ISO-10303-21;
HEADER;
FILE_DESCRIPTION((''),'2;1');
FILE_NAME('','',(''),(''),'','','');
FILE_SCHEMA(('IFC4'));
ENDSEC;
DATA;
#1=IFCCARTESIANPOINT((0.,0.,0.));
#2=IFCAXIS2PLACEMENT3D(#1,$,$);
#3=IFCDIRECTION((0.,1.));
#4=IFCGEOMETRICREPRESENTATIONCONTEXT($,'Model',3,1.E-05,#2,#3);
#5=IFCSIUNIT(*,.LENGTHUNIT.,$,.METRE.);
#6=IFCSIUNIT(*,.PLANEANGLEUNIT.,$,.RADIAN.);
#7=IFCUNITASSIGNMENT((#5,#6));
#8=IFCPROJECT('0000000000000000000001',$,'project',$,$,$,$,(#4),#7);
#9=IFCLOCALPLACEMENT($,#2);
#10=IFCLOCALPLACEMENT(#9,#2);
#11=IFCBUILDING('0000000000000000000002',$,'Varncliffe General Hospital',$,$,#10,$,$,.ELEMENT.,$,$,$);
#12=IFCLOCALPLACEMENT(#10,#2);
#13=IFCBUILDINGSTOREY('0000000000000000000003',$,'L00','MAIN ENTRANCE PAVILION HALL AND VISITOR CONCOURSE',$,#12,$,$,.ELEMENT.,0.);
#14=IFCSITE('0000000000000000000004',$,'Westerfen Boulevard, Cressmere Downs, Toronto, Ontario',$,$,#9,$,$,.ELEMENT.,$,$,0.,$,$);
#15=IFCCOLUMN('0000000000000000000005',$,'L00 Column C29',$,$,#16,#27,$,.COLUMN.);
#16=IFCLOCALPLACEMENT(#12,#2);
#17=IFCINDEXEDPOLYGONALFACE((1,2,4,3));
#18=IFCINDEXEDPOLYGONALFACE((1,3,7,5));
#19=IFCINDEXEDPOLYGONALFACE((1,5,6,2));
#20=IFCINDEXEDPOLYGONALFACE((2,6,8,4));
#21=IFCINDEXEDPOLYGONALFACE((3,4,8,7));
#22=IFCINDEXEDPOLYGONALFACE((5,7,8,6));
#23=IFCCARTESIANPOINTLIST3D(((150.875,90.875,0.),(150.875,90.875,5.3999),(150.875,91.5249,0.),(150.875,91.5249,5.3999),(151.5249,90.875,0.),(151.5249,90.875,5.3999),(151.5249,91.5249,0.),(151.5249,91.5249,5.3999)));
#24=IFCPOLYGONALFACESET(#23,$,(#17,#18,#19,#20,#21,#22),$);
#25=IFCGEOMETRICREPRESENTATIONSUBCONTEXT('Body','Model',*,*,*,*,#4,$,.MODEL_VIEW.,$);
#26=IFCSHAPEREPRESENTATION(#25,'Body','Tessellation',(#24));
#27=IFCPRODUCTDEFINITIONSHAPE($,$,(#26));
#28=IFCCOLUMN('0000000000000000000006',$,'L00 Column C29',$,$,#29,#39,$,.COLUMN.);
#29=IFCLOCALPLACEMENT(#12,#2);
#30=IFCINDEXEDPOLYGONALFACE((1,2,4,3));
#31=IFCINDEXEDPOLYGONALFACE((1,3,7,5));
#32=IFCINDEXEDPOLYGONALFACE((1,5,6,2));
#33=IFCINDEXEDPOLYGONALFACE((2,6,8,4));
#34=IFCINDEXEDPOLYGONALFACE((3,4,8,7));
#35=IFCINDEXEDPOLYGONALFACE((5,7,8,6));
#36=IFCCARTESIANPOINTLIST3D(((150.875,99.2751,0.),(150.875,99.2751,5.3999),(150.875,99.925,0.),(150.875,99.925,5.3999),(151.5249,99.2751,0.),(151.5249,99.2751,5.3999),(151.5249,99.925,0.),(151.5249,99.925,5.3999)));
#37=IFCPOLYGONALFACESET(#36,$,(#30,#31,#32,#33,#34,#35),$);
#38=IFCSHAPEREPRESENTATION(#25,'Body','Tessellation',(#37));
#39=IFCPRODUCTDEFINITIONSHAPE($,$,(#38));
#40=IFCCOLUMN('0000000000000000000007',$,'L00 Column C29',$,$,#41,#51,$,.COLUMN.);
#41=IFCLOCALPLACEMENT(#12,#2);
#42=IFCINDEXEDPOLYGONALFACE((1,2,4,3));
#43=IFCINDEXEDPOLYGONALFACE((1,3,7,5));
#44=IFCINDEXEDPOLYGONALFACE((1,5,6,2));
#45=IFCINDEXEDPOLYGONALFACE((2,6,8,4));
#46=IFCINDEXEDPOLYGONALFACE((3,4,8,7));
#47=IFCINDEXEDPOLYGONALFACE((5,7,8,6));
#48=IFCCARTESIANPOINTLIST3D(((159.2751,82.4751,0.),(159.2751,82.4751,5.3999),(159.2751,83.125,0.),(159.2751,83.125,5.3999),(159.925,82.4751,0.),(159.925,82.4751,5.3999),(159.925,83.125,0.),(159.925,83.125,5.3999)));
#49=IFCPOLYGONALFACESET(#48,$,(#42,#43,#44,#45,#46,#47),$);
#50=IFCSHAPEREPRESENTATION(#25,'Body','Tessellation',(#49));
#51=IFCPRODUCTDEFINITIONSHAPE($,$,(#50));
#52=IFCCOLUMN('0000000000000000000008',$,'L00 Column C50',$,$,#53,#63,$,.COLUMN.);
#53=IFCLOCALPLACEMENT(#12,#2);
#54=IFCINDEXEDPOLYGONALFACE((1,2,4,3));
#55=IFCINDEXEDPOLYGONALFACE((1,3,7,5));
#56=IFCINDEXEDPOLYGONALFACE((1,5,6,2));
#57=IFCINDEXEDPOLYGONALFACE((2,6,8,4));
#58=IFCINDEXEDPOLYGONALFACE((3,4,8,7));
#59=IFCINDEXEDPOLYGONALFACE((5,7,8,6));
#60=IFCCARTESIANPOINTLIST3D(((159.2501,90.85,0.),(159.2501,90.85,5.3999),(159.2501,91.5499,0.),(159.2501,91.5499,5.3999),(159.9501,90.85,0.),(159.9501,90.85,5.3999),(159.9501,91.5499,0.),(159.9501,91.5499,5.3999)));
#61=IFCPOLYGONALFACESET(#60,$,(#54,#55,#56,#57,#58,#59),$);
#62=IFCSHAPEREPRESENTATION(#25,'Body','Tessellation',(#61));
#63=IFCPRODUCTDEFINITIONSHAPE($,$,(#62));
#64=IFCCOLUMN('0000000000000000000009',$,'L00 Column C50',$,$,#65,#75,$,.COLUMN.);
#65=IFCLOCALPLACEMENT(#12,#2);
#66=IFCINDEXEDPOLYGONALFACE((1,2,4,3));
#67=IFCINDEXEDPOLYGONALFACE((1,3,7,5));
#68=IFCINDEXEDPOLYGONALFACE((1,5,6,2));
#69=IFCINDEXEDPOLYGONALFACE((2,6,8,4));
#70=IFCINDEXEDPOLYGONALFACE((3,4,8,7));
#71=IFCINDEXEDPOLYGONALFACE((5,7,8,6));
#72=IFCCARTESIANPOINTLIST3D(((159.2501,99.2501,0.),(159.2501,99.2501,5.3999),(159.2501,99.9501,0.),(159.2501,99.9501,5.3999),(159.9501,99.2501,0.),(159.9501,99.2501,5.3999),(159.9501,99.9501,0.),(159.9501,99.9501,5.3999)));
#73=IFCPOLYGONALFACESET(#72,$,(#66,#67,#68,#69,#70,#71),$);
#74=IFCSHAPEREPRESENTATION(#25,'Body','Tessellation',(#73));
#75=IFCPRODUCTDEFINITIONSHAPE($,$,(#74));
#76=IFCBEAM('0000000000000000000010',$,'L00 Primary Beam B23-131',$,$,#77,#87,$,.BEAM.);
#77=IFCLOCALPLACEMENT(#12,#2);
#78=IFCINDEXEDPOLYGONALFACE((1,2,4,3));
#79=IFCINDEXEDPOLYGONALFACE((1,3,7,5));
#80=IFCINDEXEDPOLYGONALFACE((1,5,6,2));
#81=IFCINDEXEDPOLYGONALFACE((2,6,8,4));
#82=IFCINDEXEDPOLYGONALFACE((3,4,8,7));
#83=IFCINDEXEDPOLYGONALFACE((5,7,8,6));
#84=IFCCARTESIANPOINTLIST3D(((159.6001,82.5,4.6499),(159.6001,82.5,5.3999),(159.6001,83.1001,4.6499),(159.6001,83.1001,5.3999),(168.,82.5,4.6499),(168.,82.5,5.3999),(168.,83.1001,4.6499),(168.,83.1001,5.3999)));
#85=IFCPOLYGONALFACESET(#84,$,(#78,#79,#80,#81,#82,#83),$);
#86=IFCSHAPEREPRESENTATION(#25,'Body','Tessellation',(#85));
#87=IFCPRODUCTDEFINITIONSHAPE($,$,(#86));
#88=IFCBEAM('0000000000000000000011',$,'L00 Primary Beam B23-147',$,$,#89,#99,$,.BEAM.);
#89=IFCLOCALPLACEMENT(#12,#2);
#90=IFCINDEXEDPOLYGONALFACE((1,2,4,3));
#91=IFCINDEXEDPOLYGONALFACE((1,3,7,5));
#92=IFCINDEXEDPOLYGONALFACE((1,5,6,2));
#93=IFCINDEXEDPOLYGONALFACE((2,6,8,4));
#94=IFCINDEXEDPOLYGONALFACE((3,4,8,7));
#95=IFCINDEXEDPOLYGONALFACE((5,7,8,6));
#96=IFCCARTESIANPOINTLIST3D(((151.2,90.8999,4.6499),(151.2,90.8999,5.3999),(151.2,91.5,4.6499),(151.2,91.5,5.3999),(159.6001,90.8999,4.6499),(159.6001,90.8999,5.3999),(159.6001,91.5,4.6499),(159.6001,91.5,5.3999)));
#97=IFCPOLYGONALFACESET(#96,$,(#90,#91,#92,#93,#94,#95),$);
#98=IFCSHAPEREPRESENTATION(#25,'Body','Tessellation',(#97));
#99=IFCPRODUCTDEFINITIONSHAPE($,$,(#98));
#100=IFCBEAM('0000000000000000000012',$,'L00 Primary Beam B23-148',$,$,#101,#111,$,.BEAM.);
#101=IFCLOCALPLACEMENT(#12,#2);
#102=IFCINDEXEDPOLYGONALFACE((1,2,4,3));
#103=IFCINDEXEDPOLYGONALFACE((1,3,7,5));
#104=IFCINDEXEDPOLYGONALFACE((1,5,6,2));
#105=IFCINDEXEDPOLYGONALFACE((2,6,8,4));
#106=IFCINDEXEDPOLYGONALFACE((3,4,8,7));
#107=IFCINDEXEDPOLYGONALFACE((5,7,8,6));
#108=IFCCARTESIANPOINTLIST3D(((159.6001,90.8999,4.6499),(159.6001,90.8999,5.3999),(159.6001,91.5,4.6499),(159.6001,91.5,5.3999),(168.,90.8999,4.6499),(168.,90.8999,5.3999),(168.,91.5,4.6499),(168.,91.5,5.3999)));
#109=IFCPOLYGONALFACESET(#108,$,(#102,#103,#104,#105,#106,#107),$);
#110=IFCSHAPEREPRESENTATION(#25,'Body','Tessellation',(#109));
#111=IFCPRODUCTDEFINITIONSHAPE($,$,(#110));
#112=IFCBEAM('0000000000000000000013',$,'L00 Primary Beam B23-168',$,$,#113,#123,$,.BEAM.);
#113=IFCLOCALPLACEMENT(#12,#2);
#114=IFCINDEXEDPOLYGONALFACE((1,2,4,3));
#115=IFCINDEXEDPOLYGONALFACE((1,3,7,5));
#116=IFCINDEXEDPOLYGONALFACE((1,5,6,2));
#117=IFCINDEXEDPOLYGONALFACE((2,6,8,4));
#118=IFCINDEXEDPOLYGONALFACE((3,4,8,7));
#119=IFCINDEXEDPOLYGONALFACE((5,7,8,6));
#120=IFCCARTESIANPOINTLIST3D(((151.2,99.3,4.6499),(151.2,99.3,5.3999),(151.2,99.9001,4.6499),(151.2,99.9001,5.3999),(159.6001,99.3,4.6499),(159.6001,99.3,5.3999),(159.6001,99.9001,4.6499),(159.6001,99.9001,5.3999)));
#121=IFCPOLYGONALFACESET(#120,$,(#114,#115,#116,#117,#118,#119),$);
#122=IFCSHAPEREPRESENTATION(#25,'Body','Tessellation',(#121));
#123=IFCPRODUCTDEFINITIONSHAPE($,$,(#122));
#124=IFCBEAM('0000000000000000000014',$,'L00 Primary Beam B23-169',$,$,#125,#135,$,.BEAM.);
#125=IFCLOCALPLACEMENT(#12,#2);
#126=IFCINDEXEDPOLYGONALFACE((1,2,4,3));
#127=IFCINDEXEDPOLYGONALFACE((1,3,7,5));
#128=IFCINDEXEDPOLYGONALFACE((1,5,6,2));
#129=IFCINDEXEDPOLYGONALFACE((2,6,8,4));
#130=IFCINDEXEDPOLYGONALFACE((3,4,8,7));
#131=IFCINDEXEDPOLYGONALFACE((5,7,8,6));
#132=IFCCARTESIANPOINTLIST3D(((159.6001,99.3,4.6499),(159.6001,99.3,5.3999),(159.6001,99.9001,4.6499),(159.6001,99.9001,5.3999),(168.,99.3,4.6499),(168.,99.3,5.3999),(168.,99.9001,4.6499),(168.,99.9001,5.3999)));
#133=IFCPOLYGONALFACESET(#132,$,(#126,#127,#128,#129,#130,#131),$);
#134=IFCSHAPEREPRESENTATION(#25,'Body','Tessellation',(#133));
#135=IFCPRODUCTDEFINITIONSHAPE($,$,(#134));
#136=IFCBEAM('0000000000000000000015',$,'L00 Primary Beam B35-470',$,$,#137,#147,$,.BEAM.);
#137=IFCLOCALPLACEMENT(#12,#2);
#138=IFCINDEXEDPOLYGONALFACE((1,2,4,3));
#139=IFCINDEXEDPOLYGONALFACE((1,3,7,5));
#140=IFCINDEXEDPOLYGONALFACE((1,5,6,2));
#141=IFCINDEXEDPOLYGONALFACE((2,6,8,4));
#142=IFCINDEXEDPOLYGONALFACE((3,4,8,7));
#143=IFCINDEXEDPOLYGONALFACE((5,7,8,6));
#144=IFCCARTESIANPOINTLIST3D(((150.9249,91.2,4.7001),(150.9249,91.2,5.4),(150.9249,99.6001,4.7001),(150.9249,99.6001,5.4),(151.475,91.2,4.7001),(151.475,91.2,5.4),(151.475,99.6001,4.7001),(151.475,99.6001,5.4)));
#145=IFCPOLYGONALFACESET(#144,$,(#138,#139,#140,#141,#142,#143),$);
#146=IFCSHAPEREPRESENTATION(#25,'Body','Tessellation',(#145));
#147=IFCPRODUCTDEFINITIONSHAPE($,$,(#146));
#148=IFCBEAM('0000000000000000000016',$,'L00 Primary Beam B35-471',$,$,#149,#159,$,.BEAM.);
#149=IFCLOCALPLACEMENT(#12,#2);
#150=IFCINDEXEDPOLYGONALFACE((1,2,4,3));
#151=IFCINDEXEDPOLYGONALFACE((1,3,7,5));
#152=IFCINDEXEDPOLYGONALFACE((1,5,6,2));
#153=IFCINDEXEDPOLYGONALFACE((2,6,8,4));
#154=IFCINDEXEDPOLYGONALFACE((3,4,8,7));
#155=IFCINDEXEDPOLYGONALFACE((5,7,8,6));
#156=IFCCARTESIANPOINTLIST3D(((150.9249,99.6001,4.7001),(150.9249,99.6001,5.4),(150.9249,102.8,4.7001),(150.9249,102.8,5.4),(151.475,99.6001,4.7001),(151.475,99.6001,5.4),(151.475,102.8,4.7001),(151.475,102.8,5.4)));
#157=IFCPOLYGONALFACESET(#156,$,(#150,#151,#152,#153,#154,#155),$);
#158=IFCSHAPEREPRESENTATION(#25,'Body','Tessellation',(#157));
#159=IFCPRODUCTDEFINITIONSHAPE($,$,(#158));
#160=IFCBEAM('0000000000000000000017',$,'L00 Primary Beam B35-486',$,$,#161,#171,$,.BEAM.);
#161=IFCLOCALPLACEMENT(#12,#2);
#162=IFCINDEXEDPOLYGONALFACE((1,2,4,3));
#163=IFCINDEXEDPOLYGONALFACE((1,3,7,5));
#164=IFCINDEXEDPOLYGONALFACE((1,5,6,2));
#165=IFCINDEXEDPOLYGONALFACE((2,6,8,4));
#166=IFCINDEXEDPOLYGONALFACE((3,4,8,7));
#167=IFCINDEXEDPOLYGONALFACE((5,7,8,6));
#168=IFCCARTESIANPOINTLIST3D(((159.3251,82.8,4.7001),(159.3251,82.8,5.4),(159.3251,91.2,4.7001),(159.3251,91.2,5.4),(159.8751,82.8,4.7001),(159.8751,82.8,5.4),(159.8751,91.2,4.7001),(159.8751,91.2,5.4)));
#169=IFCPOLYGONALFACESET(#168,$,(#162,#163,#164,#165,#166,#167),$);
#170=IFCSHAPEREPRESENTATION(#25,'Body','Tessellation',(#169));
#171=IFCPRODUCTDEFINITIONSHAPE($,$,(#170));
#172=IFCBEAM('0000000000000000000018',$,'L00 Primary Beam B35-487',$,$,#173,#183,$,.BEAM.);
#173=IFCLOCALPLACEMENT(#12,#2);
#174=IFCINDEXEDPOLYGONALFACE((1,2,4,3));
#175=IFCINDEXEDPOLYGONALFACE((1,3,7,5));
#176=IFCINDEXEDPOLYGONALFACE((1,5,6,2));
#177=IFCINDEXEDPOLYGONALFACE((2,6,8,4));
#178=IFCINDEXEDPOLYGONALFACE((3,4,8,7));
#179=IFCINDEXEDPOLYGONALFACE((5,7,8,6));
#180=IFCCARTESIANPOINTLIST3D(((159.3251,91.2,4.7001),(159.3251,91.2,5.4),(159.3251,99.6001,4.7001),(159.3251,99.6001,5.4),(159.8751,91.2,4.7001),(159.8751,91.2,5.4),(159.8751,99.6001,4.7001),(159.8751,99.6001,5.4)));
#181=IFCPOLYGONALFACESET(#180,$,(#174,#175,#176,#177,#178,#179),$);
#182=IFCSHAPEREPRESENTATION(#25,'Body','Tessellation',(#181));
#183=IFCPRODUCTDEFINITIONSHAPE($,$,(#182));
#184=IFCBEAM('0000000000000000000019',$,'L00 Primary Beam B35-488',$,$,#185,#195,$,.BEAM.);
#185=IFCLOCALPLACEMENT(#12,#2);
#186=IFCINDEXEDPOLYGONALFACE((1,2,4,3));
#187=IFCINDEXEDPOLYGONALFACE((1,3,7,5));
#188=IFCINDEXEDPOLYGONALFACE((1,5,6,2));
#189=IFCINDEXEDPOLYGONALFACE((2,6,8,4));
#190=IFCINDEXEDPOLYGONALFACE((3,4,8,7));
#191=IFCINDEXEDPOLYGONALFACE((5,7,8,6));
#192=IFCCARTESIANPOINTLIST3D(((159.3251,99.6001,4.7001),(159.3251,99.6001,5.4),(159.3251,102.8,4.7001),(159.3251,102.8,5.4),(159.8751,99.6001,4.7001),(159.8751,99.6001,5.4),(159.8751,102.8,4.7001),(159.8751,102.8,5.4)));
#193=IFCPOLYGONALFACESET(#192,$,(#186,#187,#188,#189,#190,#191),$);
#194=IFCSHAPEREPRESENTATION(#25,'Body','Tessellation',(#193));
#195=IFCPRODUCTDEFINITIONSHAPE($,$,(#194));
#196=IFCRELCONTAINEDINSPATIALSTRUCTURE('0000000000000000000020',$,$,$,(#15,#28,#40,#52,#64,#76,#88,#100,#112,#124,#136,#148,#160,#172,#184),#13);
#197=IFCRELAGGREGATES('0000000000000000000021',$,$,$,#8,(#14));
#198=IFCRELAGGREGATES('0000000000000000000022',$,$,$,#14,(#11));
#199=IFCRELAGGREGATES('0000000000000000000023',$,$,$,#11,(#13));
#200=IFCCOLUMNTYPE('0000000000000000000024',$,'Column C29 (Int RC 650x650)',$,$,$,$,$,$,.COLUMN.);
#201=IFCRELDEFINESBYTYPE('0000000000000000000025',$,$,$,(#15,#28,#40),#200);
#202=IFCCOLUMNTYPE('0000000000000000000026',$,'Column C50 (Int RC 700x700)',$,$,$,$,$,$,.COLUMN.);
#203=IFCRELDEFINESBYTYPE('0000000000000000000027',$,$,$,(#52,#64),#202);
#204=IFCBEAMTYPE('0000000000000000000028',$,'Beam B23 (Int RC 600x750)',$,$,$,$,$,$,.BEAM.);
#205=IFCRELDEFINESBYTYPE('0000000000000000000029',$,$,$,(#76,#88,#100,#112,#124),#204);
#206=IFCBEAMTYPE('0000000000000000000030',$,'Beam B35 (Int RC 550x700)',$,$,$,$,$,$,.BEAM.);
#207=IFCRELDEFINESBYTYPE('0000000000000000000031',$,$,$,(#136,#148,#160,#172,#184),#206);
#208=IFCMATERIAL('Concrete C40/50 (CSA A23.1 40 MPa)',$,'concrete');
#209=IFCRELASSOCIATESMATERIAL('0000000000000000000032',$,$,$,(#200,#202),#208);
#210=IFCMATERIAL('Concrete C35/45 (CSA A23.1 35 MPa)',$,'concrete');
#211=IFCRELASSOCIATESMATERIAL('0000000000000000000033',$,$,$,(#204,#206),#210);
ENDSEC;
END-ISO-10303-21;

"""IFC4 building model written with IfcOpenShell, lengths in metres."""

from ifc_helpers import new_model, si_unit, direction, frame, origin, origin_2d, place, context, subcontext, project, spatial, rectangle, extrude, material, material_profile, profile_set, type_object, element, save


model = new_model("IFC4")

# Units and contexts
model_context = context("Model", 3, precision=1e-05, world=origin(), true_north=direction((0.0, 1.0)))
body_context = subcontext(model_context, "Body", "Model", "MODEL_VIEW")
ifc_project = project(units=[si_unit("LENGTHUNIT", "METRE"), si_unit("PLANEANGLEUNIT", "RADIAN")], contexts=[model_context])

# Site, building, storey
site_placement = place(None, origin())
site = spatial("IfcSite", under=ifc_project, at=site_placement, Name="Westerfen Boulevard, Cressmere Downs, Toronto, Ontario", CompositionType="ELEMENT", RefElevation=0.0)
building_placement = place(site_placement, origin())
building = spatial("IfcBuilding", under=site, at=building_placement, Name="Varncliffe General Hospital", CompositionType="ELEMENT")
storey_placement = place(building_placement, origin())
storey = spatial("IfcBuildingStorey", under=building, at=storey_placement, Name="L00", Description="MAIN ENTRANCE PAVILION HALL AND VISITOR CONCOURSE", CompositionType="ELEMENT", Elevation=0.0)

# Columns
ifc_material_1 = material(Name="Concrete C40/50 (CSA A23.1 40 MPa)", Category="concrete")
ifc_material_profile_1 = material_profile(ifc_material_1, rectangle(XDim=0.6499, YDim=0.6499, at=origin_2d()), Name="RC 650x650")
ifc_profile_set_1 = profile_set([ifc_material_profile_1], Name="Concrete C40/50 (CSA A23.1 40 MPa)")
column_type_1 = type_object("IfcColumnType", Name="Column C29 (Int RC 650x650)", PredefinedType="COLUMN", material=ifc_profile_set_1)
for number, where, z_axis, x_axis, name in (
    (1, (151.2, 91.2, 0.0), (0.0, 0.0, 1.0), (1.0, 0.0, 0.0), "L00 Column C29"),
    (2, (151.2, 99.6001, 0.0), (0.0, 0.0, 1.0), (1.0, 0.0, 0.0), "L00 Column C29"),
    (3, (159.6001, 82.8, 0.0), (0.0, 0.0, 1.0), (1.0, 0.0, 0.0), "L00 Column C29"),
):
    element("IfcColumn", number, at=place(storey_placement, frame(where, z_axis=z_axis, x_axis=x_axis)), inside=storey, type_object=column_type_1, Name=name, PredefinedType="COLUMN", context=body_context, shape_type="SweptSolid", body=[
        extrude(rectangle(XDim=0.6499, YDim=0.6499, at=origin_2d()), origin(), (0.0, 0.0, 1.0), 5.3999),
    ])
ifc_material_profile_2 = material_profile(ifc_material_1, rectangle(XDim=0.7, YDim=0.7, at=origin_2d()), Name="RC 700x700")
ifc_profile_set_2 = profile_set([ifc_material_profile_2], Name="Concrete C40/50 (CSA A23.1 40 MPa)")
column_type_2 = type_object("IfcColumnType", Name="Column C50 (Int RC 700x700)", PredefinedType="COLUMN", material=ifc_profile_set_2)
for number, where, z_axis, x_axis, name in (
    (4, (159.6001, 91.2, 0.0), (0.0, 0.0, 1.0), (1.0, 0.0, 0.0), "L00 Column C50"),
    (5, (159.6001, 99.6001, 0.0), (0.0, 0.0, 1.0), (1.0, 0.0, 0.0), "L00 Column C50"),
):
    element("IfcColumn", number, at=place(storey_placement, frame(where, z_axis=z_axis, x_axis=x_axis)), inside=storey, type_object=column_type_2, Name=name, PredefinedType="COLUMN", context=body_context, shape_type="SweptSolid", body=[
        extrude(rectangle(XDim=0.7, YDim=0.7, at=origin_2d()), origin(), (0.0, 0.0, 1.0), 5.3999),
    ])

# Beams
ifc_material_2 = material(Name="Concrete C35/45 (CSA A23.1 35 MPa)", Category="concrete")
ifc_material_profile_3 = material_profile(ifc_material_2, rectangle(XDim=0.6001, YDim=0.75, at=origin_2d()), Name="RC 600x750")
ifc_profile_set_3 = profile_set([ifc_material_profile_3], Name="Concrete C35/45 (CSA A23.1 35 MPa)")
beam_type_1 = type_object("IfcBeamType", Name="Beam B23 (Int RC 600x750)", PredefinedType="BEAM", material=ifc_profile_set_3)
beam_1_placement = place(storey_placement, frame((159.6001, 82.8, 5.0249), z_axis=(1.0, 0.0, 0.0), x_axis=(0.0, 1.0, 0.0)))
element("IfcBeam", 6, at=beam_1_placement, inside=storey, type_object=beam_type_1, Name="L00 Primary Beam B23-131", PredefinedType="BEAM", context=body_context, shape_type="SweptSolid", body=[
    extrude(rectangle(XDim=0.6001, YDim=0.75, at=origin_2d()), origin(), (0.0, 0.0, 1.0), 8.3999),
])
beam_2_placement = place(storey_placement, frame((151.2, 91.2, 5.0249), z_axis=(1.0, 0.0, 0.0), x_axis=(0.0, 1.0, 0.0)))
element("IfcBeam", 7, at=beam_2_placement, inside=storey, type_object=beam_type_1, Name="L00 Primary Beam B23-147", PredefinedType="BEAM", context=body_context, shape_type="SweptSolid", body=[
    extrude(rectangle(XDim=0.6001, YDim=0.75, at=origin_2d()), origin(), (0.0, 0.0, 1.0), 8.4001),
])
beam_3_placement = place(storey_placement, frame((159.6001, 91.2, 5.0249), z_axis=(1.0, 0.0, 0.0), x_axis=(0.0, 1.0, 0.0)))
element("IfcBeam", 8, at=beam_3_placement, inside=storey, type_object=beam_type_1, Name="L00 Primary Beam B23-148", PredefinedType="BEAM", context=body_context, shape_type="SweptSolid", body=[
    extrude(rectangle(XDim=0.6001, YDim=0.75, at=origin_2d()), origin(), (0.0, 0.0, 1.0), 8.3999),
])
beam_4_placement = place(storey_placement, frame((151.2, 99.6001, 5.0249), z_axis=(1.0, 0.0, 0.0), x_axis=(0.0, 1.0, 0.0)))
element("IfcBeam", 9, at=beam_4_placement, inside=storey, type_object=beam_type_1, Name="L00 Primary Beam B23-168", PredefinedType="BEAM", context=body_context, shape_type="SweptSolid", body=[
    extrude(rectangle(XDim=0.6001, YDim=0.75, at=origin_2d()), origin(), (0.0, 0.0, 1.0), 8.4001),
])
beam_5_placement = place(storey_placement, frame((159.6001, 99.6001, 5.0249), z_axis=(1.0, 0.0, 0.0), x_axis=(0.0, 1.0, 0.0)))
element("IfcBeam", 10, at=beam_5_placement, inside=storey, type_object=beam_type_1, Name="L00 Primary Beam B23-169", PredefinedType="BEAM", context=body_context, shape_type="SweptSolid", body=[
    extrude(rectangle(XDim=0.6001, YDim=0.75, at=origin_2d()), origin(), (0.0, 0.0, 1.0), 8.3999),
])
ifc_material_profile_4 = material_profile(ifc_material_2, rectangle(XDim=0.55, YDim=0.7, at=origin_2d()), Name="RC 550x700")
ifc_profile_set_4 = profile_set([ifc_material_profile_4], Name="Concrete C35/45 (CSA A23.1 35 MPa)")
beam_type_2 = type_object("IfcBeamType", Name="Beam B35 (Int RC 550x700)", PredefinedType="BEAM", material=ifc_profile_set_4)
beam_6_placement = place(storey_placement, frame((151.2, 91.2, 5.05), z_axis=(0.0, 1.0, 0.0), x_axis=(-1.0, 0.0, 0.0)))
element("IfcBeam", 11, at=beam_6_placement, inside=storey, type_object=beam_type_2, Name="L00 Primary Beam B35-470", PredefinedType="BEAM", context=body_context, shape_type="SweptSolid", body=[
    extrude(rectangle(XDim=0.55, YDim=0.7, at=origin_2d()), origin(), (0.0, 0.0, 1.0), 8.4001),
])
beam_7_placement = place(storey_placement, frame((151.2, 99.6001, 5.05), z_axis=(0.0, 1.0, 0.0), x_axis=(-1.0, 0.0, 0.0)))
element("IfcBeam", 12, at=beam_7_placement, inside=storey, type_object=beam_type_2, Name="L00 Primary Beam B35-471", PredefinedType="BEAM", context=body_context, shape_type="SweptSolid", body=[
    extrude(rectangle(XDim=0.55, YDim=0.7, at=origin_2d()), origin(), (0.0, 0.0, 1.0), 3.2),
])
beam_8_placement = place(storey_placement, frame((159.6001, 82.8, 5.05), z_axis=(0.0, 1.0, 0.0), x_axis=(-1.0, 0.0, 0.0)))
element("IfcBeam", 13, at=beam_8_placement, inside=storey, type_object=beam_type_2, Name="L00 Primary Beam B35-486", PredefinedType="BEAM", context=body_context, shape_type="SweptSolid", body=[
    extrude(rectangle(XDim=0.55, YDim=0.7, at=origin_2d()), origin(), (0.0, 0.0, 1.0), 8.3999),
])
beam_9_placement = place(storey_placement, frame((159.6001, 91.2, 5.05), z_axis=(0.0, 1.0, 0.0), x_axis=(-1.0, 0.0, 0.0)))
element("IfcBeam", 14, at=beam_9_placement, inside=storey, type_object=beam_type_2, Name="L00 Primary Beam B35-487", PredefinedType="BEAM", context=body_context, shape_type="SweptSolid", body=[
    extrude(rectangle(XDim=0.55, YDim=0.7, at=origin_2d()), origin(), (0.0, 0.0, 1.0), 8.4001),
])
beam_10_placement = place(storey_placement, frame((159.6001, 99.6001, 5.05), z_axis=(0.0, 1.0, 0.0), x_axis=(-1.0, 0.0, 0.0)))
element("IfcBeam", 15, at=beam_10_placement, inside=storey, type_object=beam_type_2, Name="L00 Primary Beam B35-488", PredefinedType="BEAM", context=body_context, shape_type="SweptSolid", body=[
    extrude(rectangle(XDim=0.55, YDim=0.7, at=origin_2d()), origin(), (0.0, 0.0, 1.0), 3.2),
])

save(model, "model.ifc")
